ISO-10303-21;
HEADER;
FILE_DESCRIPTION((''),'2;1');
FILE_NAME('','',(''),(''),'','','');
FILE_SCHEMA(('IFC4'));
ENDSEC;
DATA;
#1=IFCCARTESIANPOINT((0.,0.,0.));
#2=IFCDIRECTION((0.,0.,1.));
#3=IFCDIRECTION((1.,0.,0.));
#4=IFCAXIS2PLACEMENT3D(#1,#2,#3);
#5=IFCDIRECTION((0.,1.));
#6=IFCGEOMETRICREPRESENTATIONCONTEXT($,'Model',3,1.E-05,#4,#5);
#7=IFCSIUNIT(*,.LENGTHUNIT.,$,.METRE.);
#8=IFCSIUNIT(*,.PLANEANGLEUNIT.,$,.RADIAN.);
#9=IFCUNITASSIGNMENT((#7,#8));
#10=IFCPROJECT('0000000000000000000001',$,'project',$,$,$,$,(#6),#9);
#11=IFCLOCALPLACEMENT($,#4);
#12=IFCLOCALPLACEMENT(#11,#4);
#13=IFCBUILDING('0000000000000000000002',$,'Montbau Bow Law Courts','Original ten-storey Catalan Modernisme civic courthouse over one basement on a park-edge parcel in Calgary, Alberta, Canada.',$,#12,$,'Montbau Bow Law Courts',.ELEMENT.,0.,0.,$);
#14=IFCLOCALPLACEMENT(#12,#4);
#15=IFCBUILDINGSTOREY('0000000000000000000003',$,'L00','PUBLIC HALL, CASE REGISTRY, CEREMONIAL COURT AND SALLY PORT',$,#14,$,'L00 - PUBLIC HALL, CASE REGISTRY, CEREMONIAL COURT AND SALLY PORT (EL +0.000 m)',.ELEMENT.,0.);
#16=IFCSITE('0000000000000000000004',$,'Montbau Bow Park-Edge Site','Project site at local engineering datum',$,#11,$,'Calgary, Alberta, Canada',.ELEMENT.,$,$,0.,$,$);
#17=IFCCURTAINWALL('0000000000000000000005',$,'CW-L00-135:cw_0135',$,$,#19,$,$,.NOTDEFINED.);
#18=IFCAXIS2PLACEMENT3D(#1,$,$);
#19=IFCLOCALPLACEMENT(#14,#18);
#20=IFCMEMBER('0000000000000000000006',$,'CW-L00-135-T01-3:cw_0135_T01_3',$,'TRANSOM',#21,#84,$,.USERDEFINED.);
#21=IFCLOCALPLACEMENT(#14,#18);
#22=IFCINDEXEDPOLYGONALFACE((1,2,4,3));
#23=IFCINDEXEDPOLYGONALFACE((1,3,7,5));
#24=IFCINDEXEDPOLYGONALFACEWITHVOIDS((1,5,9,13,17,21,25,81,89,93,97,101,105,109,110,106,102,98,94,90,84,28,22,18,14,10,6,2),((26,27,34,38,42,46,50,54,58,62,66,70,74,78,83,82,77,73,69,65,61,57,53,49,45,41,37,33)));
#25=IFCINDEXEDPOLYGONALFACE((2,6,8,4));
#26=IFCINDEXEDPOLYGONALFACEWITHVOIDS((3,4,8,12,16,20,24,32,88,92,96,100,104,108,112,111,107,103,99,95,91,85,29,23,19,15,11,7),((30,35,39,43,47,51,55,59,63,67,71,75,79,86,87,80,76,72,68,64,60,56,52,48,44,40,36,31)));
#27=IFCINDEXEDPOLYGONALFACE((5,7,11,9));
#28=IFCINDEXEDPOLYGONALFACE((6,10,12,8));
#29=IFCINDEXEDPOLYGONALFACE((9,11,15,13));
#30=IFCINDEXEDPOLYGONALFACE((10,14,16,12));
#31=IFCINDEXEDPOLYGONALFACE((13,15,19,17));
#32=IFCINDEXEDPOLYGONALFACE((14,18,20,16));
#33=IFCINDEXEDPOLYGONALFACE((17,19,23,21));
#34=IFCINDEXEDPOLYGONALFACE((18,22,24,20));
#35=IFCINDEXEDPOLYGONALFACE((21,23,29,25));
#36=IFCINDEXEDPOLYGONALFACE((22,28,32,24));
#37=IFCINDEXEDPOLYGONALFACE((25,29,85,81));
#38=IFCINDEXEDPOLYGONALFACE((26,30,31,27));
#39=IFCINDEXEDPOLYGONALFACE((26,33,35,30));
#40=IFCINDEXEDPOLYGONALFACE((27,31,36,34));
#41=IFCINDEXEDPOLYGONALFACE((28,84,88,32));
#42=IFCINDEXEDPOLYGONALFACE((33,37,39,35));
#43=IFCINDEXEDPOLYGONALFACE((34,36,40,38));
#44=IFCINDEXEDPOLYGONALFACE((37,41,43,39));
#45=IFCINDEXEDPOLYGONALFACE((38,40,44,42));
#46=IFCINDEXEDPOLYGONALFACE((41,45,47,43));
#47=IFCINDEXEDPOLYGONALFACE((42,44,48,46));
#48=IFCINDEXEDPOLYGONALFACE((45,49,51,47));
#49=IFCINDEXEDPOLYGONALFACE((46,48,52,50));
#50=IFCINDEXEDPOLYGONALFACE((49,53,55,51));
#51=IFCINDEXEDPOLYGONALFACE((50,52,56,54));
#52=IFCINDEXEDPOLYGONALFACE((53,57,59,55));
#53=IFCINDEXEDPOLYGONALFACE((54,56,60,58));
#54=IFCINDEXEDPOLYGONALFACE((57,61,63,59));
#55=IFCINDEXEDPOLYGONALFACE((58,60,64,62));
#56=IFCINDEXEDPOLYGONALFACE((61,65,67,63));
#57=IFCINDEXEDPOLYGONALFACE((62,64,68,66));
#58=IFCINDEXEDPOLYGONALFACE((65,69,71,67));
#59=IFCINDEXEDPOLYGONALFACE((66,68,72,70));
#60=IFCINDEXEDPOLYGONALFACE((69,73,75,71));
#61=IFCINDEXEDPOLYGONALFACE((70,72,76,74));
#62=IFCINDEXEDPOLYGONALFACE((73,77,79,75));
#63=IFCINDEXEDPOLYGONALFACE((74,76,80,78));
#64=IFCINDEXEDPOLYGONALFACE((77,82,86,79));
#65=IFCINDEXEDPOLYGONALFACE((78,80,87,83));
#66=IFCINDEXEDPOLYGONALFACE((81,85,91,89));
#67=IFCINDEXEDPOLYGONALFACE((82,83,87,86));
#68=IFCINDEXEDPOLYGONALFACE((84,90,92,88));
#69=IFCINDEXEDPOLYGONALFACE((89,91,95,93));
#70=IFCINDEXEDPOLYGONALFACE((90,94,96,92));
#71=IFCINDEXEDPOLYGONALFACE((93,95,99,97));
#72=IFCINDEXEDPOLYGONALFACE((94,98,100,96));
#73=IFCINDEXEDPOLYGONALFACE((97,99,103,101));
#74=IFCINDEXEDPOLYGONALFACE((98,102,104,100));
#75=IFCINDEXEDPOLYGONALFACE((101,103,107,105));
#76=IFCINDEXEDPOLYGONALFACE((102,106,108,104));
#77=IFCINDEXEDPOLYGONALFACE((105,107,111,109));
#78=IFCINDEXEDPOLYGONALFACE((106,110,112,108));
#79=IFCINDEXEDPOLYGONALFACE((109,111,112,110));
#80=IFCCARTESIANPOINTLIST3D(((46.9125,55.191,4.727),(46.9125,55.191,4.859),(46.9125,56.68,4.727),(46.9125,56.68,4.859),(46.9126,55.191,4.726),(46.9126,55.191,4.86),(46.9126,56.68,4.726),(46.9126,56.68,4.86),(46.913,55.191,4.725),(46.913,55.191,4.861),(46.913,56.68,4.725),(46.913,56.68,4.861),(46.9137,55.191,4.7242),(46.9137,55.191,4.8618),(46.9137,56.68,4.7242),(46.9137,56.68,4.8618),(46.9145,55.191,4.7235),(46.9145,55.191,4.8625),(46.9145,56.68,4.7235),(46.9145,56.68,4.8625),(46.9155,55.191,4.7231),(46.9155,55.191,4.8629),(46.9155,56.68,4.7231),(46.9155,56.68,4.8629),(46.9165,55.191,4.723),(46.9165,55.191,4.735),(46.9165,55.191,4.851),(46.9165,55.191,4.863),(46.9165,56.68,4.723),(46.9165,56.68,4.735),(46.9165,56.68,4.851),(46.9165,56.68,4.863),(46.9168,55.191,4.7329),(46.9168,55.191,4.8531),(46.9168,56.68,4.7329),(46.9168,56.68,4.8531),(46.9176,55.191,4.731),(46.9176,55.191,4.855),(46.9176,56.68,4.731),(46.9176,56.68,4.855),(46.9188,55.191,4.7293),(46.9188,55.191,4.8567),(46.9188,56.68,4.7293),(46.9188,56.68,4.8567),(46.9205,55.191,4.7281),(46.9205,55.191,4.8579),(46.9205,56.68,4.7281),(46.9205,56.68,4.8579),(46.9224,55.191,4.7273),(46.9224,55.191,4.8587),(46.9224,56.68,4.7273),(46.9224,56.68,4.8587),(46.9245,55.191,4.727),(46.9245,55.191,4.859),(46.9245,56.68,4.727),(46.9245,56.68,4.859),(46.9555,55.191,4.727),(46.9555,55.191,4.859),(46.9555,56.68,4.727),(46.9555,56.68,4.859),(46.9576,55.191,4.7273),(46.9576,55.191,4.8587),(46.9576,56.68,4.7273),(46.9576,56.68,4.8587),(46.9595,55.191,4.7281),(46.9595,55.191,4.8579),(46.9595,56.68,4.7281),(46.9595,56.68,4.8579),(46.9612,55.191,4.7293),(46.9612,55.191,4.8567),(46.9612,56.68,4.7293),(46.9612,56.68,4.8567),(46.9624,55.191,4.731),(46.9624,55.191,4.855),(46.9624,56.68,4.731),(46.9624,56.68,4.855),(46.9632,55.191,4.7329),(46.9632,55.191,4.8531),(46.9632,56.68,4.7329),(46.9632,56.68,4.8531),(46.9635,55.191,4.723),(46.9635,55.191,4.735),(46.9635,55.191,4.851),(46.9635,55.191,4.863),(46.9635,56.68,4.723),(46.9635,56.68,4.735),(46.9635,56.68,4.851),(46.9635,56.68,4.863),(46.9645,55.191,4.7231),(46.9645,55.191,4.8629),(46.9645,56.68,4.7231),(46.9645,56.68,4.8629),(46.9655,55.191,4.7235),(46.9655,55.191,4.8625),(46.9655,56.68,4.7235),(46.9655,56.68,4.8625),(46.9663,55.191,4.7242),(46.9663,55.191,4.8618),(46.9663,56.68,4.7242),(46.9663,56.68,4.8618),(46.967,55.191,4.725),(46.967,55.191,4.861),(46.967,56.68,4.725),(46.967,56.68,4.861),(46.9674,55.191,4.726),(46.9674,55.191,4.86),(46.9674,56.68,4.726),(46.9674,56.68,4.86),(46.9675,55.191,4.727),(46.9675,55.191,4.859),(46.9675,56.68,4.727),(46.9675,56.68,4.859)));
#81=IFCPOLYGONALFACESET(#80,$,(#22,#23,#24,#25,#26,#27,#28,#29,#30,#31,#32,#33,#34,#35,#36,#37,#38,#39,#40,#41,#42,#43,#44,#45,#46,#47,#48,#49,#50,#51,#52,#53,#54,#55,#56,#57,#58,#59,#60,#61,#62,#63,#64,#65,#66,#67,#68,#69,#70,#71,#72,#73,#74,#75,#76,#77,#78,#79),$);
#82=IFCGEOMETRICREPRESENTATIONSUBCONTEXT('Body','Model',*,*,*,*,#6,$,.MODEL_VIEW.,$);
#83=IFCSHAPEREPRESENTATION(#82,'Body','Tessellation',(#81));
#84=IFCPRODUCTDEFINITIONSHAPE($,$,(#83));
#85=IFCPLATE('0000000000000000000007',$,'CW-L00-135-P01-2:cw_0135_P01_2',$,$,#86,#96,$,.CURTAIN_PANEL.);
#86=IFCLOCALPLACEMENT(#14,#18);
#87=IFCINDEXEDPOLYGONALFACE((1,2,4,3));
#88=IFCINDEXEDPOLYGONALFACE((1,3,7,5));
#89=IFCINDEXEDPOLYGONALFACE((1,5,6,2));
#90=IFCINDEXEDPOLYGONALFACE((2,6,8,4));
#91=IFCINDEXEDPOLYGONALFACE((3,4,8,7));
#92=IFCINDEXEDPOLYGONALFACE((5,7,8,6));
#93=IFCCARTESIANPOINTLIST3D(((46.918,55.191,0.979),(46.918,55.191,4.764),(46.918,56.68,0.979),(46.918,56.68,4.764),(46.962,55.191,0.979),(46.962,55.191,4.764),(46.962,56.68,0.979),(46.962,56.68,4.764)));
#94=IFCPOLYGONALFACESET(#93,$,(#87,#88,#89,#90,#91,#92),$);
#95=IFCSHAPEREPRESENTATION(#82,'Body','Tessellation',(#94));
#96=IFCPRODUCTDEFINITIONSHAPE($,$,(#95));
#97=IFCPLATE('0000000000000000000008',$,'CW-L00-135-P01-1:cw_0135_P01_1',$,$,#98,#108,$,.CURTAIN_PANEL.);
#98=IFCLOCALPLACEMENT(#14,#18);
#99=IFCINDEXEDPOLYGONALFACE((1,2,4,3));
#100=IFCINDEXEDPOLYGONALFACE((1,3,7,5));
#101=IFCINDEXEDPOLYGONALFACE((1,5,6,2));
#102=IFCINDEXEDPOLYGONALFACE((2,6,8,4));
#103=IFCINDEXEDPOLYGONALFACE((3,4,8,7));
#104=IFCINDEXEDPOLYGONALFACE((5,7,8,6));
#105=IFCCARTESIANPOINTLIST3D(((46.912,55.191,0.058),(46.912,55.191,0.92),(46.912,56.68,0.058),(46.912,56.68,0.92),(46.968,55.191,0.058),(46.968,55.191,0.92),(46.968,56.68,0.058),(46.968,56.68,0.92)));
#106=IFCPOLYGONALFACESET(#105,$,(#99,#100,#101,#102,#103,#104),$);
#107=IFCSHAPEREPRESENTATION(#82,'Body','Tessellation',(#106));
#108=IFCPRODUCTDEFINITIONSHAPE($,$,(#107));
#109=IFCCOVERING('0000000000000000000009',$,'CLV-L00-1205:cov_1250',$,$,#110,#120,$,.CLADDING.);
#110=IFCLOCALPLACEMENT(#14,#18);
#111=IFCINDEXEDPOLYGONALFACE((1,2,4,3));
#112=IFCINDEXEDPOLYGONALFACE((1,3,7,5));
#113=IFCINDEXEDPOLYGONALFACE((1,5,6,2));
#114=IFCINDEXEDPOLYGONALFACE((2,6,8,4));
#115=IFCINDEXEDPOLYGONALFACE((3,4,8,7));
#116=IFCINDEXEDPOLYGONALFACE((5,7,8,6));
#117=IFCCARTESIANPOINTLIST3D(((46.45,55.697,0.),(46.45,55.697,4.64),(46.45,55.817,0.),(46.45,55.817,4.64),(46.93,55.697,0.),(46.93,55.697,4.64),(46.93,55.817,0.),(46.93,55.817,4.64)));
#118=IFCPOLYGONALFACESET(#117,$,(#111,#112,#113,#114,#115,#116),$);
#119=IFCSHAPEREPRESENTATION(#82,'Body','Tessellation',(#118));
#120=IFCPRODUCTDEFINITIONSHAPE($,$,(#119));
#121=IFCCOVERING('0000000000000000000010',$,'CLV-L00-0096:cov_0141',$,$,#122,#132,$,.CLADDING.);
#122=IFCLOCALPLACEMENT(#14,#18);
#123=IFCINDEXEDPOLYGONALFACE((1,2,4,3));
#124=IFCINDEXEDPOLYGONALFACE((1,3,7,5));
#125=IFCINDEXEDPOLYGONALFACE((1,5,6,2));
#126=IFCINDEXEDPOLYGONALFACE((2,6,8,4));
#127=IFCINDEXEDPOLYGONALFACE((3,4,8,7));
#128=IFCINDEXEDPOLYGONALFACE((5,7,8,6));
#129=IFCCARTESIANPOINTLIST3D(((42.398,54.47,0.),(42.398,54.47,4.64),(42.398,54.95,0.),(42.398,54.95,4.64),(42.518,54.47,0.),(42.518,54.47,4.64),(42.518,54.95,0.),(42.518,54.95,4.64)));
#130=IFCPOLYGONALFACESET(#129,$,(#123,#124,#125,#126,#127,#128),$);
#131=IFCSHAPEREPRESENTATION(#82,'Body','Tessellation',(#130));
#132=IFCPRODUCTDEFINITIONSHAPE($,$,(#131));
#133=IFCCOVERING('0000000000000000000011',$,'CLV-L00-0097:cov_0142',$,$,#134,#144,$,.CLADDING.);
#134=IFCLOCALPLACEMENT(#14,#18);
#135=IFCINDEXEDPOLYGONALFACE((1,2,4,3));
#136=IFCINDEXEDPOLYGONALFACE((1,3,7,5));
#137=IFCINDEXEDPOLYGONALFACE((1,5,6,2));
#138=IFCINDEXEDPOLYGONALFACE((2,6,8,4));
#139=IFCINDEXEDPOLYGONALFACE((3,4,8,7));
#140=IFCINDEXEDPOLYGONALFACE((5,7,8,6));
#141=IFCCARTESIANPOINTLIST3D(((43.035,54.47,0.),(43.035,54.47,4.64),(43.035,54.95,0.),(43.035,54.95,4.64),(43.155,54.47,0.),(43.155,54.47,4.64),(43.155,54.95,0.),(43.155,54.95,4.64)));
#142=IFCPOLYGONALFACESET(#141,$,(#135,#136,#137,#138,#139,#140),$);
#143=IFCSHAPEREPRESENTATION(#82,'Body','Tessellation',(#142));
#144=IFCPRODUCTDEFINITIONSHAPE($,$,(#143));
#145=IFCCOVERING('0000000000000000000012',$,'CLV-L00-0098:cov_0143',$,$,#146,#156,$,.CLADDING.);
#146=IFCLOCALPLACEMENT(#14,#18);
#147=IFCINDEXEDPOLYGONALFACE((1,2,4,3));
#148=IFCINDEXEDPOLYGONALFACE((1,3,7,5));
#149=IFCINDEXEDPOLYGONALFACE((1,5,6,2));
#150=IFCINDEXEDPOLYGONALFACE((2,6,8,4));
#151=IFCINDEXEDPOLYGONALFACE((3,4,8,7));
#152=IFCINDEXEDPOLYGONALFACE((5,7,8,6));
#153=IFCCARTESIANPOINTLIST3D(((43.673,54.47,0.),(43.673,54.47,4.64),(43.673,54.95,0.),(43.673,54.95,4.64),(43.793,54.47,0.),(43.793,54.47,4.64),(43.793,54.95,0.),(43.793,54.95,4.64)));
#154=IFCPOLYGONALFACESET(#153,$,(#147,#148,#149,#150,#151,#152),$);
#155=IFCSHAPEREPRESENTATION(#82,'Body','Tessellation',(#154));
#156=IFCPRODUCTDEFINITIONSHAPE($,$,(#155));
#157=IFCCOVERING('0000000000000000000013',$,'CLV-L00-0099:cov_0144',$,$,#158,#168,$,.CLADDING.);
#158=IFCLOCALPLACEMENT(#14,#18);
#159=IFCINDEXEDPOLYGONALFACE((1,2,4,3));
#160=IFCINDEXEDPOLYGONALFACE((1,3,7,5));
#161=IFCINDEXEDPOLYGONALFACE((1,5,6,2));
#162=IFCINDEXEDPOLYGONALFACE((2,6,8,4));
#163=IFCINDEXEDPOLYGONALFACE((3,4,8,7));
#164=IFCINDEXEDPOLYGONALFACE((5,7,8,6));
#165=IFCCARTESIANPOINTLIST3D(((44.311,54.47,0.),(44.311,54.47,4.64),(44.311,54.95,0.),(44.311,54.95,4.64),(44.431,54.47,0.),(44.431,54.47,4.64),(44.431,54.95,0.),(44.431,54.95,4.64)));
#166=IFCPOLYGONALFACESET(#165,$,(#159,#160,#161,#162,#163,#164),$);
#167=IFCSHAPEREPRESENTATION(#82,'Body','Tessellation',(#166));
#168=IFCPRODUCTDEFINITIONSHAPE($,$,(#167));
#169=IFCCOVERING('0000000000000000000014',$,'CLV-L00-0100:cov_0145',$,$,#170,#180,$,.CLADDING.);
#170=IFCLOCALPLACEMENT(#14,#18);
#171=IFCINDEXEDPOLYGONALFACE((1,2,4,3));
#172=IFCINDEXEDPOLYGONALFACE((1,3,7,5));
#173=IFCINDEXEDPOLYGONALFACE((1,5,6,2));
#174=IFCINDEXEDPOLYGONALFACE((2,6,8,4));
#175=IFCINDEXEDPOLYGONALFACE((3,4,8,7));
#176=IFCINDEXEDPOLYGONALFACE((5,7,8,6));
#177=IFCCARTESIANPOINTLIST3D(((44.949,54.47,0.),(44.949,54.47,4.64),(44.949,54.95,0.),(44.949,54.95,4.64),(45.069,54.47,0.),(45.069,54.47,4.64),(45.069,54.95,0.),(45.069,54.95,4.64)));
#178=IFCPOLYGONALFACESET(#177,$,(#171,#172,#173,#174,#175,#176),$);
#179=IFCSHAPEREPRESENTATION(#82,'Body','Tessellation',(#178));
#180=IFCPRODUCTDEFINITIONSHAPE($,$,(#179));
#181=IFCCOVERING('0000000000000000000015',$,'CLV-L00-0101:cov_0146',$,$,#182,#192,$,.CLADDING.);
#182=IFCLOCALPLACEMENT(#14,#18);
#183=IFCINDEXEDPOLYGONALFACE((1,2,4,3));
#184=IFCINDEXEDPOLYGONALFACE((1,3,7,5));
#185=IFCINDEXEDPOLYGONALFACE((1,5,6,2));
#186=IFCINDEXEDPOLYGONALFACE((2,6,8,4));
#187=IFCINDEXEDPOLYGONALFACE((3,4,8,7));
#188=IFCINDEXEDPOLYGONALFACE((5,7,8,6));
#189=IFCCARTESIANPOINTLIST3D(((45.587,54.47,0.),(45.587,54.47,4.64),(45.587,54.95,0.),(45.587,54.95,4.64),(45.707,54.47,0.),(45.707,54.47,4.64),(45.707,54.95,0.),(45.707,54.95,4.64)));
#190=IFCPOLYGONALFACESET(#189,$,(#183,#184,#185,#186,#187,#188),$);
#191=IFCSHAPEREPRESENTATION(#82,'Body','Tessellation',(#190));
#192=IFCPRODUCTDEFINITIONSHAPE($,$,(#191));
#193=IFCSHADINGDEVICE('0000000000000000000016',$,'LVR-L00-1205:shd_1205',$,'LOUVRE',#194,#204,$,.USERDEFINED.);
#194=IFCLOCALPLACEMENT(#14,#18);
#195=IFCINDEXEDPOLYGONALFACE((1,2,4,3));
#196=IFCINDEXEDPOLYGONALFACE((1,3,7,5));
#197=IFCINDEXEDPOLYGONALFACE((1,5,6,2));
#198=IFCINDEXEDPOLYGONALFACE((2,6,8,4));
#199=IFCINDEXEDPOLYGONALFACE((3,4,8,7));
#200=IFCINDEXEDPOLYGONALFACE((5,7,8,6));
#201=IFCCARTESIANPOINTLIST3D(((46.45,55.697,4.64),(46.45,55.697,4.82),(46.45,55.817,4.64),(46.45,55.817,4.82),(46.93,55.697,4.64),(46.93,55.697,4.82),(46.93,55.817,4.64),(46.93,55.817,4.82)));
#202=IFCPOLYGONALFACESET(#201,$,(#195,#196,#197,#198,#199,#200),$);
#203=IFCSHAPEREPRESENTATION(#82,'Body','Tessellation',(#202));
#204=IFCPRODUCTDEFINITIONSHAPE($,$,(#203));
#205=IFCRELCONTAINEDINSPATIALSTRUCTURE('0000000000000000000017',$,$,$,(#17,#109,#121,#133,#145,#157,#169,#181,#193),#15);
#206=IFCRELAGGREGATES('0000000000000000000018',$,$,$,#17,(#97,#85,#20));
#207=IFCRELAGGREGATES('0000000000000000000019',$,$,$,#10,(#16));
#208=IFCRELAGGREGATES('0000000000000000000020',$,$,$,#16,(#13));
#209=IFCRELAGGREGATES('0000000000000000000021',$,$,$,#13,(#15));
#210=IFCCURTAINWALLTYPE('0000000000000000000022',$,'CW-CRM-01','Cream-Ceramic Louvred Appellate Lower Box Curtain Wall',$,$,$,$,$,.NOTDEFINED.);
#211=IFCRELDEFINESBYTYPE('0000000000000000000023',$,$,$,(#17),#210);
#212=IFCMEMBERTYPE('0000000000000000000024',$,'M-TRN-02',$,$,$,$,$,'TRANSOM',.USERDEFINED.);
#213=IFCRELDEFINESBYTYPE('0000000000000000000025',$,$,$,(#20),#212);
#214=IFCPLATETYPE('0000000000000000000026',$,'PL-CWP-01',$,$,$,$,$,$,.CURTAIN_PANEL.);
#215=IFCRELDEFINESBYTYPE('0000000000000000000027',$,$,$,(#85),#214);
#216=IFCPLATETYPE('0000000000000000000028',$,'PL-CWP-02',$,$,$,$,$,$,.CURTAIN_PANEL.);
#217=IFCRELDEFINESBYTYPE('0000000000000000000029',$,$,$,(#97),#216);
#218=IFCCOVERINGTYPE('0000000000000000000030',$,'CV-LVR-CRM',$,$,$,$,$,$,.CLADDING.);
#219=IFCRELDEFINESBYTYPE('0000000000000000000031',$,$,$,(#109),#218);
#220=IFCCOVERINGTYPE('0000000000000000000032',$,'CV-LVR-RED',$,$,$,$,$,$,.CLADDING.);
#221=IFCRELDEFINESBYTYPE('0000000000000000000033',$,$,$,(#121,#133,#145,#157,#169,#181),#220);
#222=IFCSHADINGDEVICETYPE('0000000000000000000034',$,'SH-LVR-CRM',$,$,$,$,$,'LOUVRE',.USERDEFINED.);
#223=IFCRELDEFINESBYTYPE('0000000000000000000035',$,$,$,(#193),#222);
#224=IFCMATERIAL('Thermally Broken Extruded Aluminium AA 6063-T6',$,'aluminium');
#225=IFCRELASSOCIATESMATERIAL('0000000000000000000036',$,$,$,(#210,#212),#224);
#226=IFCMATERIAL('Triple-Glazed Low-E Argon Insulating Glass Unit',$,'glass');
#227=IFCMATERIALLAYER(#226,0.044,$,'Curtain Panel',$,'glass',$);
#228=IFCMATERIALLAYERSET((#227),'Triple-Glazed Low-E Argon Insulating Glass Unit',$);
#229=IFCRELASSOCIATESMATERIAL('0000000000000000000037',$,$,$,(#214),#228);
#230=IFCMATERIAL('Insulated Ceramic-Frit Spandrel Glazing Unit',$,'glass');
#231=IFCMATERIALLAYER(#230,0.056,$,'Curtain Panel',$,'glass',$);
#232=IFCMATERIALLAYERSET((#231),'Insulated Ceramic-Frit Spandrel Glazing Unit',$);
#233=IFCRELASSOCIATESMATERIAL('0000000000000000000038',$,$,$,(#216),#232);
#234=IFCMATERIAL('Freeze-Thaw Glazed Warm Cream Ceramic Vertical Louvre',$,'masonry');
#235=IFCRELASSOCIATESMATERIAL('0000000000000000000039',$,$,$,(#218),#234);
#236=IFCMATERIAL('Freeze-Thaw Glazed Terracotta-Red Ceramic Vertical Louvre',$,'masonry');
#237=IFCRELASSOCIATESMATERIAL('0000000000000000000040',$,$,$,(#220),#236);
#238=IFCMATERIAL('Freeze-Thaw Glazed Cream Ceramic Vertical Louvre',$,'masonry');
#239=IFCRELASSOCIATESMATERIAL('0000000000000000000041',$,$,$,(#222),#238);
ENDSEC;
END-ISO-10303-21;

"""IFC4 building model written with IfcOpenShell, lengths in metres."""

from ifc_helpers import new_model, si_unit, direction, frame, frame_2d, origin_with_axes, origin_2d_with_axis, place, context, subcontext, project, spatial, rectangle, hollow_rectangle, extrude, material, layer, layer_set, material_profile, profile_set, type_object, element, aggregate, save


model = new_model("IFC4")

# Units and contexts
model_context = context("Model", 3, precision=1e-05, world=origin_with_axes(), true_north=direction((0.0, 1.0)))
body_context = subcontext(model_context, "Body", "Model", "MODEL_VIEW")
ifc_project = project(units=[si_unit("LENGTHUNIT", "METRE"), si_unit("PLANEANGLEUNIT", "RADIAN")], contexts=[model_context])

# Site, building, storey
site_placement = place(None, origin_with_axes())
site = spatial("IfcSite", under=ifc_project, at=site_placement, Name="Montbau Bow Park-Edge Site", Description="Project site at local engineering datum", LongName="Calgary, Alberta, Canada", CompositionType="ELEMENT", RefElevation=0.0)
building_placement = place(site_placement, origin_with_axes())
building = spatial("IfcBuilding", under=site, at=building_placement, Name="Montbau Bow Law Courts", Description="Original ten-storey Catalan Modernisme civic courthouse over one basement on a park-edge parcel in Calgary, Alberta, Canada.", LongName="Montbau Bow Law Courts", CompositionType="ELEMENT", ElevationOfRefHeight=0.0, ElevationOfTerrain=0.0)
storey_placement = place(building_placement, origin_with_axes())
storey = spatial("IfcBuildingStorey", under=building, at=storey_placement, Name="L00", Description="PUBLIC HALL, CASE REGISTRY, CEREMONIAL COURT AND SALLY PORT", LongName="L00 - PUBLIC HALL, CASE REGISTRY, CEREMONIAL COURT AND SALLY PORT (EL +0.000 m)", CompositionType="ELEMENT", Elevation=0.0)

# Curtain wall
ifc_material_1 = material(Name="Thermally Broken Extruded Aluminium AA 6063-T6", Category="aluminium")
curtain_wall_type_1 = type_object("IfcCurtainWallType", Name="CW-CRM-01", Description="Cream-Ceramic Louvred Appellate Lower Box Curtain Wall", PredefinedType="NOTDEFINED", material=ifc_material_1)
curtain_wall_1_placement = place(None, frame((46.94, 55.115, 0.0), z_axis=(0.0, 0.0, 1.0), x_axis=(1.0, 0.0, 0.0)))
curtain_wall_1 = element("IfcCurtainWall", 1, at=curtain_wall_1_placement, inside=storey, type_object=curtain_wall_type_1, Name="CW-L00-135:cw_0135", PredefinedType="NOTDEFINED")

# Member
ifc_material_profile_1 = material_profile(ifc_material_1, hollow_rectangle(XDim=0.055, YDim=0.14, WallThickness=0.004, InnerFilletRadius=0.008, OuterFilletRadius=0.004, at=origin_2d_with_axis()), Name="CWT-140X55", Category="Main", Priority=0)
ifc_profile_set_1 = profile_set([ifc_material_profile_1], Name="Thermally Broken Extruded Aluminium AA 6063-T6")
member_type_1 = type_object("IfcMemberType", Name="M-TRN-02", ElementType="TRANSOM", PredefinedType="USERDEFINED", material=ifc_profile_set_1)
member_1_placement = place(None, frame((46.94, 55.191, 4.793), z_axis=(0.0, 1.0, 0.0), x_axis=(-1.0, 0.0, 0.0)))
member_1 = element("IfcMember", 2, at=member_1_placement, type_object=member_type_1, Name="CW-L00-135-T01-3:cw_0135_T01_3", ObjectType="TRANSOM", PredefinedType="USERDEFINED", context=body_context, shape_type="SweptSolid", body=[
    extrude(hollow_rectangle(XDim=0.055, YDim=0.14, WallThickness=0.004, InnerFilletRadius=0.008, OuterFilletRadius=0.004, at=origin_2d_with_axis()), origin_with_axes(), (0.0, 0.0, 1.0), 1.489),
])

# Plates
ifc_material_2 = material(Name="Triple-Glazed Low-E Argon Insulating Glass Unit", Category="glass")
ifc_layer_1 = layer(ifc_material_2, 0.044, Name="Curtain Panel", Category="glass")
ifc_layer_set_1 = layer_set([ifc_layer_1], Name="Triple-Glazed Low-E Argon Insulating Glass Unit")
plate_type_1 = type_object("IfcPlateType", Name="PL-CWP-01", PredefinedType="CURTAIN_PANEL", material=ifc_layer_set_1)
plate_1_placement = place(None, frame((46.94, 55.191, 0.979), z_axis=(1.0, 0.0, 0.0), x_axis=(0.0, 1.0, 0.0)))
plate_1 = element("IfcPlate", 3, at=plate_1_placement, type_object=plate_type_1, Name="CW-L00-135-P01-2:cw_0135_P01_2", PredefinedType="CURTAIN_PANEL", context=body_context, shape_type="SweptSolid", body=[
    extrude(rectangle(XDim=1.489, YDim=3.785, at=frame_2d((0.7445, 1.8925), x_axis=(1.0, 0.0))), frame((0.0, 0.0, -0.022), z_axis=(0.0, 0.0, 1.0), x_axis=(1.0, 0.0, 0.0)), (0.0, 0.0, 1.0), 0.044),
])
ifc_material_3 = material(Name="Insulated Ceramic-Frit Spandrel Glazing Unit", Category="glass")
ifc_layer_2 = layer(ifc_material_3, 0.056, Name="Curtain Panel", Category="glass")
ifc_layer_set_2 = layer_set([ifc_layer_2], Name="Insulated Ceramic-Frit Spandrel Glazing Unit")
plate_type_2 = type_object("IfcPlateType", Name="PL-CWP-02", PredefinedType="CURTAIN_PANEL", material=ifc_layer_set_2)
plate_2_placement = place(None, frame((46.94, 55.191, 0.058), z_axis=(1.0, 0.0, 0.0), x_axis=(0.0, 1.0, 0.0)))
plate_2 = element("IfcPlate", 4, at=plate_2_placement, type_object=plate_type_2, Name="CW-L00-135-P01-1:cw_0135_P01_1", PredefinedType="CURTAIN_PANEL", context=body_context, shape_type="SweptSolid", body=[
    extrude(rectangle(XDim=1.489, YDim=0.862, at=frame_2d((0.7445, 0.431), x_axis=(1.0, 0.0))), frame((0.0, 0.0, -0.028), z_axis=(0.0, 0.0, 1.0), x_axis=(1.0, 0.0, 0.0)), (0.0, 0.0, 1.0), 0.056),
])
aggregate(curtain_wall_1, [plate_2, plate_1, member_1])

# Coverings
ifc_material_4 = material(Name="Freeze-Thaw Glazed Warm Cream Ceramic Vertical Louvre", Category="masonry")
covering_type_1 = type_object("IfcCoveringType", Name="CV-LVR-CRM", PredefinedType="CLADDING", material=ifc_material_4)
covering_placement = place(None, frame((46.93, 55.757, 0.0), z_axis=(0.0, 1.0, 0.0), x_axis=(-1.0, 0.0, 0.0)))
element("IfcCovering", 5, at=covering_placement, inside=storey, type_object=covering_type_1, Name="CLV-L00-1205:cov_1250", PredefinedType="CLADDING", context=body_context, shape_type="SweptSolid", body=[
    extrude(rectangle(XDim=0.48, YDim=4.64, at=frame_2d((0.24, 2.32), x_axis=(1.0, 0.0))), frame((0.0, 0.0, -0.06), z_axis=(0.0, 0.0, 1.0), x_axis=(1.0, 0.0, 0.0)), (0.0, 0.0, 1.0), 0.12),
])
ifc_material_5 = material(Name="Freeze-Thaw Glazed Terracotta-Red Ceramic Vertical Louvre", Category="masonry")
covering_type_2 = type_object("IfcCoveringType", Name="CV-LVR-RED", PredefinedType="CLADDING", material=ifc_material_5)
for number, where, z_axis, x_axis, name in (
    (6, (42.458, 54.47, 0.0), (1.0, 0.0, 0.0), (0.0, 1.0, 0.0), "CLV-L00-0096:cov_0141"),
    (7, (43.095, 54.47, 0.0), (1.0, 0.0, 0.0), (0.0, 1.0, 0.0), "CLV-L00-0097:cov_0142"),
    (8, (43.733, 54.47, 0.0), (1.0, 0.0, 0.0), (0.0, 1.0, 0.0), "CLV-L00-0098:cov_0143"),
    (9, (44.371, 54.47, 0.0), (1.0, 0.0, 0.0), (0.0, 1.0, 0.0), "CLV-L00-0099:cov_0144"),
    (10, (45.009, 54.47, 0.0), (1.0, 0.0, 0.0), (0.0, 1.0, 0.0), "CLV-L00-0100:cov_0145"),
    (11, (45.647, 54.47, 0.0), (1.0, 0.0, 0.0), (0.0, 1.0, 0.0), "CLV-L00-0101:cov_0146"),
):
    element("IfcCovering", number, at=place(None, frame(where, z_axis=z_axis, x_axis=x_axis)), inside=storey, type_object=covering_type_2, Name=name, PredefinedType="CLADDING", context=body_context, shape_type="SweptSolid", body=[
        extrude(rectangle(XDim=0.48, YDim=4.64, at=frame_2d((0.24, 2.32), x_axis=(1.0, 0.0))), frame((0.0, 0.0, -0.06), z_axis=(0.0, 0.0, 1.0), x_axis=(1.0, 0.0, 0.0)), (0.0, 0.0, 1.0), 0.12),
    ])

# Shading device
ifc_material_6 = material(Name="Freeze-Thaw Glazed Cream Ceramic Vertical Louvre", Category="masonry")
shading_device_type_1 = type_object("IfcShadingDeviceType", Name="SH-LVR-CRM", ElementType="LOUVRE", PredefinedType="USERDEFINED", material=ifc_material_6)
for number, where, z_axis, x_axis, name in (
    (12, (46.69, 55.757, 4.64), (0.0, 0.0, 1.0), (-1.0, 0.0, 0.0), "LVR-L00-1205:shd_1205"),
):
    element("IfcShadingDevice", number, at=place(None, frame(where, z_axis=z_axis, x_axis=x_axis)), inside=storey, type_object=shading_device_type_1, Name=name, ObjectType="LOUVRE", PredefinedType="USERDEFINED", context=body_context, shape_type="SweptSolid", body=[
        extrude(rectangle(XDim=0.48, YDim=0.12, at=origin_2d_with_axis()), origin_with_axes(), (0.0, 0.0, 1.0), 0.18),
    ])

save(model, "model.ifc")
